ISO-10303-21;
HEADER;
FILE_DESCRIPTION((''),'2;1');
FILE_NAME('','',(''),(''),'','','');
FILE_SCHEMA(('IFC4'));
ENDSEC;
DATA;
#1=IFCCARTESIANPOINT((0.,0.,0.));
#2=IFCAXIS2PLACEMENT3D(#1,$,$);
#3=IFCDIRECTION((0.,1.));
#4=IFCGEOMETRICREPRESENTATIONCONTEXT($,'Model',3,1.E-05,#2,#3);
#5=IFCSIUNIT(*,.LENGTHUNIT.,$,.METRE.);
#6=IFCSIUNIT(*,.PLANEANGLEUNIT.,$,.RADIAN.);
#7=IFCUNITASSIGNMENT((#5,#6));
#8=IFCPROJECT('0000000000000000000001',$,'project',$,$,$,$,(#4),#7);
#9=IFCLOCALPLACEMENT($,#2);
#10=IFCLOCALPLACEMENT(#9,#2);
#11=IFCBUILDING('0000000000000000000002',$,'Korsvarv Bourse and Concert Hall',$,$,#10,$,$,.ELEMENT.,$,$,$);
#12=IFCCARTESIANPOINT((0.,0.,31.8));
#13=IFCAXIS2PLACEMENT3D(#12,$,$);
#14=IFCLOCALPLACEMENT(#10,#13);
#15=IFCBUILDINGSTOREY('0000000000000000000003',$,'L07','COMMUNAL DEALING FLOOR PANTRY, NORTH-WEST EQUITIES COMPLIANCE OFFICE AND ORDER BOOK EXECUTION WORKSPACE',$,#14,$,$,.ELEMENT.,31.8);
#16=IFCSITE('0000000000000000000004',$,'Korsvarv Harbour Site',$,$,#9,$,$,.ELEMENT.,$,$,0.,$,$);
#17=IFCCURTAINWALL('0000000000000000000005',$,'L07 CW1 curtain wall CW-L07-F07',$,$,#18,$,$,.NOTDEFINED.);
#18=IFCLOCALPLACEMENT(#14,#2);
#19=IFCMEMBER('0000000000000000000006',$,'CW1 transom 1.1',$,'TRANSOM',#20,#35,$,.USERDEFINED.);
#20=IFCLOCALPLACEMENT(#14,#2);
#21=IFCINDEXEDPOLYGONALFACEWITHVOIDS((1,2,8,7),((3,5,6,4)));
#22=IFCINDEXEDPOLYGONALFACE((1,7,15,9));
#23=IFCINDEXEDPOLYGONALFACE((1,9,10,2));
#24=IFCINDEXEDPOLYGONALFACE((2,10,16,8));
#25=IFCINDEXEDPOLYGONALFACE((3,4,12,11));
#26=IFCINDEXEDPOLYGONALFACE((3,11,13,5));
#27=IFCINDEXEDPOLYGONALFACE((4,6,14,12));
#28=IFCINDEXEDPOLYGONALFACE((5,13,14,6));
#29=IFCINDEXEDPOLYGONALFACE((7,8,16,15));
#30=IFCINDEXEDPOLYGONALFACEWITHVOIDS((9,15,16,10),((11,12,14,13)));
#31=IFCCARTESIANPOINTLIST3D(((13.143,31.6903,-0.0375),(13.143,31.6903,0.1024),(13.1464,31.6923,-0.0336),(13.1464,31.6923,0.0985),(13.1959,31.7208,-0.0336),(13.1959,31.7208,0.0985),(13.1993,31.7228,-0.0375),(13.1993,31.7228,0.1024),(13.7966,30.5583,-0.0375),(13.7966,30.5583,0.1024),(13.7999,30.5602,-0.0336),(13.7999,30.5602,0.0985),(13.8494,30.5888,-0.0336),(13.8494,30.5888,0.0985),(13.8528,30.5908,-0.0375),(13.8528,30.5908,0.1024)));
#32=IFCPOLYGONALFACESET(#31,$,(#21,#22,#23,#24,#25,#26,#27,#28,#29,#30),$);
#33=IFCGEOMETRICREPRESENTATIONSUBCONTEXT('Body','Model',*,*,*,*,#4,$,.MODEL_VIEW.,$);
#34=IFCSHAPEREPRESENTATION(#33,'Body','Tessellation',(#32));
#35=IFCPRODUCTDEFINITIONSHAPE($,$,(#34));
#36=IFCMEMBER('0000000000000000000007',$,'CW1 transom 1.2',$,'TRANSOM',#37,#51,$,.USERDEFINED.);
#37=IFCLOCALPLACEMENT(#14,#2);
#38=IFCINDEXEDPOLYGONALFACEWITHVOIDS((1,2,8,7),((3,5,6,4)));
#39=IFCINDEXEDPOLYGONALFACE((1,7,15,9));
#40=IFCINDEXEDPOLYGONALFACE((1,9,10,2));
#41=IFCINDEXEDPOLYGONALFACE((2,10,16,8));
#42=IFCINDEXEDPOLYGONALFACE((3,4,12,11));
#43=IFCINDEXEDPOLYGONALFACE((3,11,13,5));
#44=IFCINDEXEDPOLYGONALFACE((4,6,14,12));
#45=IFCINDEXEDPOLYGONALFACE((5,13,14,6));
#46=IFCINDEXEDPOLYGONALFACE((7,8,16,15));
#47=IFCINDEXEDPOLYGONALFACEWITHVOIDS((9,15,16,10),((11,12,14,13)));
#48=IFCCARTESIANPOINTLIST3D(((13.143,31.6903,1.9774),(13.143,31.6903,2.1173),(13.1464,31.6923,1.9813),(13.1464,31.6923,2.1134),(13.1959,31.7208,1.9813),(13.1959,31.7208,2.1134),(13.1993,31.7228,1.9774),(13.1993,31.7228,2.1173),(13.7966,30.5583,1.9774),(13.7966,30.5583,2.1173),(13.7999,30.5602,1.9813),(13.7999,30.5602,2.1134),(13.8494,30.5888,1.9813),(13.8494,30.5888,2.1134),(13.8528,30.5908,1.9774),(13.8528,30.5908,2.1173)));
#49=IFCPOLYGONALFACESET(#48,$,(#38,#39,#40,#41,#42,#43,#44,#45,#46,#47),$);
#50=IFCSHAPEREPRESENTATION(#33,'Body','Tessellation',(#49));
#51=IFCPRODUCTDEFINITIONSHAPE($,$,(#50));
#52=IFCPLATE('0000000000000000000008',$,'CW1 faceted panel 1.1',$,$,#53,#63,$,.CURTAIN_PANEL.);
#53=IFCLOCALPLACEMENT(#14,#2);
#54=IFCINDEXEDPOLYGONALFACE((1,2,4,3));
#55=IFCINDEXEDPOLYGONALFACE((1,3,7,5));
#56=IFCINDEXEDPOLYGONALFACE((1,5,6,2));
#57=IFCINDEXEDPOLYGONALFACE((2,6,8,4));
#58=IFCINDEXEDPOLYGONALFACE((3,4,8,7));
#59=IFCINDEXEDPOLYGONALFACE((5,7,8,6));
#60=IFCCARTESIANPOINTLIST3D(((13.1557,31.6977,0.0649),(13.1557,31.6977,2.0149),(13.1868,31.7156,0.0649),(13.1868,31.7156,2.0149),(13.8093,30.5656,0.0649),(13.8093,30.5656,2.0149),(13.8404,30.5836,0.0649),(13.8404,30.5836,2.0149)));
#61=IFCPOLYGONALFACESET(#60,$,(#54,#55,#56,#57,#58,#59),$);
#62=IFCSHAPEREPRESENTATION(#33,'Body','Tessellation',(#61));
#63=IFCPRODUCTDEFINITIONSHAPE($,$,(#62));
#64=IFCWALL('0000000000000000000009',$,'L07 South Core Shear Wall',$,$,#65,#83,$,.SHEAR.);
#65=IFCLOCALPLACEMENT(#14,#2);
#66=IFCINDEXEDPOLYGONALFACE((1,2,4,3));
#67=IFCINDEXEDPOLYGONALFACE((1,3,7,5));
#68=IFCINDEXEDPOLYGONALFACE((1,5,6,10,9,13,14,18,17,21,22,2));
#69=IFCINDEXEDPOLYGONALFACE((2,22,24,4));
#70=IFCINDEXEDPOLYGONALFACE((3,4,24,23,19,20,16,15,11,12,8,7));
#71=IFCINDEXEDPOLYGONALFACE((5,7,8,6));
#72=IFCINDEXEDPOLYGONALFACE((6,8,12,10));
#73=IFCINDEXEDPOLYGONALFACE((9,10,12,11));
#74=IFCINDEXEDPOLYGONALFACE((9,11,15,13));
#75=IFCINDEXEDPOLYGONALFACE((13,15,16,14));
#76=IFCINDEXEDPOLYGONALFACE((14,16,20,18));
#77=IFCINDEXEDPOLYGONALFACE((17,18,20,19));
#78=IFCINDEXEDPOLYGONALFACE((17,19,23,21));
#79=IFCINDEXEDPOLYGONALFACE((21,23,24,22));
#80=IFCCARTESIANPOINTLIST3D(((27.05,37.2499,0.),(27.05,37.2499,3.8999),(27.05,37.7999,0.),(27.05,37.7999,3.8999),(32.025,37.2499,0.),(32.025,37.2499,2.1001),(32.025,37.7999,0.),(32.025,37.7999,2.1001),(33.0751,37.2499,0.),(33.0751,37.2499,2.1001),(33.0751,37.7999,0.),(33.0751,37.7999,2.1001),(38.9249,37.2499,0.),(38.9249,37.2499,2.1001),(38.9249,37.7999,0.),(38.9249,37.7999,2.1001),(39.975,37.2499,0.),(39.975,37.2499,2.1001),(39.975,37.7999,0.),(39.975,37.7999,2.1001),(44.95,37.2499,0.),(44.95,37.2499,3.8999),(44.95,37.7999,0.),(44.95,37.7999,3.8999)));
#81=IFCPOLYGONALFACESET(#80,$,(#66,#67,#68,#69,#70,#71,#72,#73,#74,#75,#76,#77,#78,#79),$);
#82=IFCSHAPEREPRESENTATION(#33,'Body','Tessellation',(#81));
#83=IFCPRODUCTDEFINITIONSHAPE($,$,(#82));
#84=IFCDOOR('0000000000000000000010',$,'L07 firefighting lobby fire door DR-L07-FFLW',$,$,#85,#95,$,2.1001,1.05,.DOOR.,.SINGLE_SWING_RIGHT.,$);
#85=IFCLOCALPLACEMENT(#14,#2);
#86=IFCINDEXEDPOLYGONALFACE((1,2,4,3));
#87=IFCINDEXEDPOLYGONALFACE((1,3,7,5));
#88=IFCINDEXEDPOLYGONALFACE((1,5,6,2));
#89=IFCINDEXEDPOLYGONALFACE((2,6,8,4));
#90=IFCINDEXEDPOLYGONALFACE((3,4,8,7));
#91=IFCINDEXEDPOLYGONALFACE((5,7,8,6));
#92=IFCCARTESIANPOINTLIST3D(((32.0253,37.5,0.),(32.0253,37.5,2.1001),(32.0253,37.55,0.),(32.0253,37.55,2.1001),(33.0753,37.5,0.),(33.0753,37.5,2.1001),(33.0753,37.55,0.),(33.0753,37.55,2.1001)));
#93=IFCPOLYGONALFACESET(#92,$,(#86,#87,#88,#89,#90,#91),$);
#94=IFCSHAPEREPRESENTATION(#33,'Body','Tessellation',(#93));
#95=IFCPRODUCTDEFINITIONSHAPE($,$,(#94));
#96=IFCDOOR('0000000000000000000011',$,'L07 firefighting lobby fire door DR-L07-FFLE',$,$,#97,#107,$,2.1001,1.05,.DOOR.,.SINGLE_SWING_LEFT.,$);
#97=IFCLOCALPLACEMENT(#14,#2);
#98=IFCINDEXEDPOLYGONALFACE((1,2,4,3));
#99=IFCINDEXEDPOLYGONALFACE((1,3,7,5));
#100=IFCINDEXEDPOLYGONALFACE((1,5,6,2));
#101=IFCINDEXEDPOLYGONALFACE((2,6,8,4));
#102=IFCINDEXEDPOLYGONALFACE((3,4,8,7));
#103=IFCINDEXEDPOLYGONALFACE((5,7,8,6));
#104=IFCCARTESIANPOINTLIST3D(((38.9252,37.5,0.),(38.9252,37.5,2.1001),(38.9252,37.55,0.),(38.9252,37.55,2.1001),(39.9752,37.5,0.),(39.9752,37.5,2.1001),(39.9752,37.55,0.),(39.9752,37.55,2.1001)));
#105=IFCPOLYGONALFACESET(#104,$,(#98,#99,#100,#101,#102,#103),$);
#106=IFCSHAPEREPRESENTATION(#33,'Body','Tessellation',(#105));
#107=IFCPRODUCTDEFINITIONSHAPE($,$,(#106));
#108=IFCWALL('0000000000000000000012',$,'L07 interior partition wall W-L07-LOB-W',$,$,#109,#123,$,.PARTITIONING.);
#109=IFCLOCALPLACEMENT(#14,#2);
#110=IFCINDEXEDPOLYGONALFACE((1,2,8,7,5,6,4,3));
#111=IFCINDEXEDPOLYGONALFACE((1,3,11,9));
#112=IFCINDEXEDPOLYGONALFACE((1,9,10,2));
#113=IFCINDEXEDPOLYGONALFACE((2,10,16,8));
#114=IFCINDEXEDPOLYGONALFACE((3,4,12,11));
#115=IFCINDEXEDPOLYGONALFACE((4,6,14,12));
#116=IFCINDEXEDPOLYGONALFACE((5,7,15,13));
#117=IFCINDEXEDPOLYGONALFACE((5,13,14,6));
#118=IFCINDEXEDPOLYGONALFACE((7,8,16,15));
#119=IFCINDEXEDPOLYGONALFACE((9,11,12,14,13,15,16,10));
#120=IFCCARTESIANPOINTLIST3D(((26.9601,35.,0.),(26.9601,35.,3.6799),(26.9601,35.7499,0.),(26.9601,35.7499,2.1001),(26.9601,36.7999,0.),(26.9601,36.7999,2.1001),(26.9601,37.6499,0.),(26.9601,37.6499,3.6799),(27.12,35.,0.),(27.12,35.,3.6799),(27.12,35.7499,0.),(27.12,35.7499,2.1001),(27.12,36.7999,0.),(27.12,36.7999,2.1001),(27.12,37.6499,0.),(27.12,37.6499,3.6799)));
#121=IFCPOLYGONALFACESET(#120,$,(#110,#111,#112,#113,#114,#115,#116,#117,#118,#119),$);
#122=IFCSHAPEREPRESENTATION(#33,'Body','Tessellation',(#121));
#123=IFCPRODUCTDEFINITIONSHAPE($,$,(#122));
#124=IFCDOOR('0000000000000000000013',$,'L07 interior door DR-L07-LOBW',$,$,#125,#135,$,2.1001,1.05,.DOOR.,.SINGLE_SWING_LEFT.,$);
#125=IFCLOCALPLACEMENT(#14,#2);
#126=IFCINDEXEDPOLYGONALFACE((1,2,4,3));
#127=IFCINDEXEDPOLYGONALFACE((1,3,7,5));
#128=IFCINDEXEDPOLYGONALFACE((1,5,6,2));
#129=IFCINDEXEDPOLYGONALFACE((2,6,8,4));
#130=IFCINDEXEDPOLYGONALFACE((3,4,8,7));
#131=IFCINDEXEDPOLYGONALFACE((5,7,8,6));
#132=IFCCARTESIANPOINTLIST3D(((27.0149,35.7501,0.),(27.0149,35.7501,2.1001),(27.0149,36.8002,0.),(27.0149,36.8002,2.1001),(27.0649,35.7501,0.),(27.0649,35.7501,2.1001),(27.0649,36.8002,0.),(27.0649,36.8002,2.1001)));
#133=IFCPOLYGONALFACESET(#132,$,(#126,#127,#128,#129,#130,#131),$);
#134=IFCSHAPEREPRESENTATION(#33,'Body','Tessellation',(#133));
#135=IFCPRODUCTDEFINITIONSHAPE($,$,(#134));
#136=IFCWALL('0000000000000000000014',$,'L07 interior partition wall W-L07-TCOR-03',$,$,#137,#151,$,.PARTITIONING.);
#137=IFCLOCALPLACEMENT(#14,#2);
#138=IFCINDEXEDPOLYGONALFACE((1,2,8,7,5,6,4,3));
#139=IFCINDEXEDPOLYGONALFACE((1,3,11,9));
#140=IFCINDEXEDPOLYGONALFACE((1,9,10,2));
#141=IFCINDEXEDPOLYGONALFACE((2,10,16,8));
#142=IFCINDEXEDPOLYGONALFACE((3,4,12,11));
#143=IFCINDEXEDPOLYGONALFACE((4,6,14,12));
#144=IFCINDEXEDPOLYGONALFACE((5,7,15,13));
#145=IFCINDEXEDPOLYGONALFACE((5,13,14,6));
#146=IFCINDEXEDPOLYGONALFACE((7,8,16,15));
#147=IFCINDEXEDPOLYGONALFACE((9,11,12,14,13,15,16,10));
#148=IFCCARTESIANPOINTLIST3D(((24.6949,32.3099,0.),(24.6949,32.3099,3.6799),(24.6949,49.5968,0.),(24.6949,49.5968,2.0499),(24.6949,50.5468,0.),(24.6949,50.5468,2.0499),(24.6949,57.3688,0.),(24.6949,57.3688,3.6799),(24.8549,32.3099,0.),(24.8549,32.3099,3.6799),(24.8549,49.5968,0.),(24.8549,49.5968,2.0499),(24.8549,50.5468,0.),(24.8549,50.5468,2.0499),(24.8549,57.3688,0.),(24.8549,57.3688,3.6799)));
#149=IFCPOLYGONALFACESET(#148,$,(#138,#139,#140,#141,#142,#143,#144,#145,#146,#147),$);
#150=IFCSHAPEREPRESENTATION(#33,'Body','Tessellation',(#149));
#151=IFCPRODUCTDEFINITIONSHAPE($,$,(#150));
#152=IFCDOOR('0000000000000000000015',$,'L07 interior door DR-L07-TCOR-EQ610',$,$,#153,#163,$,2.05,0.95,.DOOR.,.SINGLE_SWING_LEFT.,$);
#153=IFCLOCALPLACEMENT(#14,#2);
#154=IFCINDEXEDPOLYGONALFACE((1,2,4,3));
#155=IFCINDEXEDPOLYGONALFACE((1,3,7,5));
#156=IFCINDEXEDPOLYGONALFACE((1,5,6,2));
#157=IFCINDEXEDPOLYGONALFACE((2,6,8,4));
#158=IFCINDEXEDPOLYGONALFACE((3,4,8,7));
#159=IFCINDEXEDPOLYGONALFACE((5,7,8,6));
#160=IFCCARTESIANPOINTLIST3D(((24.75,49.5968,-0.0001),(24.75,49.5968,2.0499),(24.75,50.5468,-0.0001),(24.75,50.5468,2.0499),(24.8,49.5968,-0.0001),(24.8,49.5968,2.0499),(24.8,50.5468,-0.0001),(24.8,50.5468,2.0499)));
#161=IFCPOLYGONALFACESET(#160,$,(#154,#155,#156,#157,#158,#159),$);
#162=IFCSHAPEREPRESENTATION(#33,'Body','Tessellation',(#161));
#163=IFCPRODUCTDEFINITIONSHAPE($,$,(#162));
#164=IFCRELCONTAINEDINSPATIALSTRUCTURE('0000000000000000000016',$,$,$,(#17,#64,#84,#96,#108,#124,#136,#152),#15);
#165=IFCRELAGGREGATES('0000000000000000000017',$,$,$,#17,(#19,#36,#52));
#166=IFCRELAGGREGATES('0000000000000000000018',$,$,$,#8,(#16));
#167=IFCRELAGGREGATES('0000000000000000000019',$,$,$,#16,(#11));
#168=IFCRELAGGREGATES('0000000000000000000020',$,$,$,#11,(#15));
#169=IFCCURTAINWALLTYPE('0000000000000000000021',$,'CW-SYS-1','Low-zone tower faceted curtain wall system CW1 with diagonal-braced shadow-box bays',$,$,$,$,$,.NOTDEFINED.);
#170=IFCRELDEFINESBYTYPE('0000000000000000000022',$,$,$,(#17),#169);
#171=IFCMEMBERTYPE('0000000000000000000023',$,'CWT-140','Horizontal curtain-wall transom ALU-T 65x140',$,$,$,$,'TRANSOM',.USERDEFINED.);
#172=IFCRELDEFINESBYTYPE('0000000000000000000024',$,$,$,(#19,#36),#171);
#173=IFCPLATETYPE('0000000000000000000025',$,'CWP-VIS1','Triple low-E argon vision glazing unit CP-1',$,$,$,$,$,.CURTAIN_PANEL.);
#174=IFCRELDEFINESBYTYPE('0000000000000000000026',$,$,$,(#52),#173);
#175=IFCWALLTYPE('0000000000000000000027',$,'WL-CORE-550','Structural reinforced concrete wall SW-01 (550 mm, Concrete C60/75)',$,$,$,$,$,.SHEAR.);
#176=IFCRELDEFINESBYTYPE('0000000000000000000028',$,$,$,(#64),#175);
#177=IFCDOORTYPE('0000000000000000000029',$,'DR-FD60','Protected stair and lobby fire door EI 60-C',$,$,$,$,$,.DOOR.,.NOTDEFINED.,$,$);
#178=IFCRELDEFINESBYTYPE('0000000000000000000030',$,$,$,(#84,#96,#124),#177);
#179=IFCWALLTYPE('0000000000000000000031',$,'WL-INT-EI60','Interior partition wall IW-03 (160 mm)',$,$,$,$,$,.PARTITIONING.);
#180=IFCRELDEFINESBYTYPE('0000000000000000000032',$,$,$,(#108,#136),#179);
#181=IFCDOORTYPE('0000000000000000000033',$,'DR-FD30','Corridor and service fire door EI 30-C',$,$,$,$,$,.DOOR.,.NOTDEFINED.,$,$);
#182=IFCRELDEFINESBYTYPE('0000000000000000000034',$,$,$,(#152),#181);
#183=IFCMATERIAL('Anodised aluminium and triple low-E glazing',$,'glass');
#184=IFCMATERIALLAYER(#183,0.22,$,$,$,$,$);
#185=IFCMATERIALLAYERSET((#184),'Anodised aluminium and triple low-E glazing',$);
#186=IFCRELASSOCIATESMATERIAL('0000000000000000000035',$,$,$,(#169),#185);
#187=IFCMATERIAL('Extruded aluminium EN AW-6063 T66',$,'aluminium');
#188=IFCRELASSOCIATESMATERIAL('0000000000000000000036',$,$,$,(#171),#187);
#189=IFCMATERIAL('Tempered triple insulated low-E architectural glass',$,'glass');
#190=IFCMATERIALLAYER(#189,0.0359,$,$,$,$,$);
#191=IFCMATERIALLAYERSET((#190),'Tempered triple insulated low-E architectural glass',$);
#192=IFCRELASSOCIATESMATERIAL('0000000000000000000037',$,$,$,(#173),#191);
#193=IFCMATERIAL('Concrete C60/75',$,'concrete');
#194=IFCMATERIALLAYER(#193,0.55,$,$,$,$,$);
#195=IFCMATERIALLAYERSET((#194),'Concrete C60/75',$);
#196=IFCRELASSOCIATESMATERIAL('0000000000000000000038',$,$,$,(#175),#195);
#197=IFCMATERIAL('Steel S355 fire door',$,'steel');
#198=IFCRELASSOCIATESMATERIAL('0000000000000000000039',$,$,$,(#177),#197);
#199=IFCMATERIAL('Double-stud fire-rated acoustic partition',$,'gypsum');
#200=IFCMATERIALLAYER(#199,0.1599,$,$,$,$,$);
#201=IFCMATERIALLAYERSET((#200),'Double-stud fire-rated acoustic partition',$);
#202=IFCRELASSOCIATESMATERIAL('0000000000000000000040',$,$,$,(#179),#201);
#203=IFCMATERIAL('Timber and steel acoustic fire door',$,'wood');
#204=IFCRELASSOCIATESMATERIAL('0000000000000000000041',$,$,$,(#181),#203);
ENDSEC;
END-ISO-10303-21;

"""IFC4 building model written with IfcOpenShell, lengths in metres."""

from ifc_helpers import new_model, si_unit, direction, frame, frame_2d, origin, origin_2d, place, context, subcontext, project, spatial, rectangle, hollow_rectangle, extrude, source, transform, mapped, material, layer, layer_set, material_profile, profile_set, type_object, element, fill, aggregate, save


model = new_model("IFC4")

# Units and contexts
model_context = context("Model", 3, precision=1e-05, world=origin(), true_north=direction((0.0, 1.0)))
body_context = subcontext(model_context, "Body", "Model", "MODEL_VIEW")
ifc_project = project(units=[si_unit("LENGTHUNIT", "METRE"), si_unit("PLANEANGLEUNIT", "RADIAN")], contexts=[model_context])

# Site, building, storey
site_placement = place(None, origin())
site = spatial("IfcSite", under=ifc_project, at=site_placement, Name="Korsvarv Harbour Site", CompositionType="ELEMENT", RefElevation=0.0)
building_placement = place(site_placement, origin())
building = spatial("IfcBuilding", under=site, at=building_placement, Name="Korsvarv Bourse and Concert Hall", CompositionType="ELEMENT")
storey_placement = place(building_placement, frame((0.0, 0.0, 31.8)))
storey = spatial("IfcBuildingStorey", under=building, at=storey_placement, Name="L07", Description="COMMUNAL DEALING FLOOR PANTRY, NORTH-WEST EQUITIES COMPLIANCE OFFICE AND ORDER BOOK EXECUTION WORKSPACE", CompositionType="ELEMENT", Elevation=31.8)

# Shared definitions
ifc_material_1 = material(Name="Concrete C60/75", Category="concrete")

# Curtain wall, members, plate
ifc_material_2 = material(Name="Anodised aluminium and triple low-E glazing", Category="glass")
ifc_layer_1 = layer(ifc_material_2, 0.22)
ifc_layer_set_1 = layer_set([ifc_layer_1], Name="Anodised aluminium and triple low-E glazing")
curtain_wall_type = type_object("IfcCurtainWallType", Name="CW-SYS-1", Description="Low-zone tower faceted curtain wall system CW1 with diagonal-braced shadow-box bays", PredefinedType="NOTDEFINED", material=ifc_layer_set_1)
curtain_wall_placement = place(storey_placement, origin())
curtain_wall = element("IfcCurtainWall", 1, at=curtain_wall_placement, inside=storey, type_object=curtain_wall_type, Name="L07 CW1 curtain wall CW-L07-F07", PredefinedType="NOTDEFINED")
ifc_material_3 = material(Name="Extruded aluminium EN AW-6063 T66", Category="aluminium")
ifc_material_profile_1 = material_profile(ifc_material_3, hollow_rectangle(XDim=0.0649, YDim=0.1399, WallThickness=0.0039, at=origin_2d()), Name="ALU-T 65x140")
ifc_profile_set_1 = profile_set([ifc_material_profile_1], Name="Extruded aluminium EN AW-6063 T66")
member_type_1 = type_object("IfcMemberType", Name="CWT-140", Description="Horizontal curtain-wall transom ALU-T 65x140", ElementType="TRANSOM", PredefinedType="USERDEFINED", material=ifc_profile_set_1)
shared_shape_1 = source(origin(), body_context, "Body", "SweptSolid", [
    extrude(hollow_rectangle(XDim=0.0649, YDim=0.1399, WallThickness=0.0039, at=origin_2d()), origin(), (0.0, 0.0, 1.0), 1.3071),
])
member_1_placement = place(storey_placement, frame((13.1711, 31.7065, 0.0325), z_axis=(0.499976, -0.866039, 0.0), x_axis=(0.866039, 0.499976, 0.0)))
member_1 = element("IfcMember", 2, at=member_1_placement, type_object=member_type_1, Name="CW1 transom 1.1", ObjectType="TRANSOM", PredefinedType="USERDEFINED", context=body_context, shape_type="MappedRepresentation", body=[
    mapped(shared_shape_1, transform((0.0, 0.0, 0.0), scale=1.0)),
])
member_2_placement = place(storey_placement, frame((13.1711, 31.7065, 2.0474), z_axis=(0.499976, -0.866039, 0.0), x_axis=(0.866039, 0.499976, 0.0)))
member_2 = element("IfcMember", 3, at=member_2_placement, type_object=member_type_1, Name="CW1 transom 1.2", ObjectType="TRANSOM", PredefinedType="USERDEFINED", context=body_context, shape_type="MappedRepresentation", body=[
    mapped(shared_shape_1, transform((0.0, 0.0, 0.0), scale=1.0)),
])
ifc_material_4 = material(Name="Tempered triple insulated low-E architectural glass", Category="glass")
ifc_layer_2 = layer(ifc_material_4, 0.0359)
ifc_layer_set_2 = layer_set([ifc_layer_2], Name="Tempered triple insulated low-E architectural glass")
plate_type = type_object("IfcPlateType", Name="CWP-VIS1", Description="Triple low-E argon vision glazing unit CP-1", PredefinedType="CURTAIN_PANEL", material=ifc_layer_set_2)
shared_shape_2 = source(origin(), body_context, "Body", "SweptSolid", [
    extrude(rectangle(XDim=1.3071, YDim=0.0359, at=origin_2d()), origin(), (0.0, 0.0, 1.0), 1.95),
])
plate_placement = place(storey_placement, frame((13.498, 31.1406, 0.0649), z_axis=(0.0, 0.0, 1.0), x_axis=(0.499995, -0.866029, 0.0)))
plate = element("IfcPlate", 4, at=plate_placement, type_object=plate_type, Name="CW1 faceted panel 1.1", PredefinedType="CURTAIN_PANEL", context=body_context, shape_type="MappedRepresentation", body=[
    mapped(shared_shape_2, transform((0.0, 0.0, 0.0), scale=1.0)),
])
aggregate(curtain_wall, [member_1, member_2, plate])

# Wall, openings, doors
ifc_layer_3 = layer(ifc_material_1, 0.55)
ifc_layer_set_3 = layer_set([ifc_layer_3], Name="Concrete C60/75")
wall_type_1 = type_object("IfcWallType", Name="WL-CORE-550", Description="Structural reinforced concrete wall SW-01 (550 mm, Concrete C60/75)", PredefinedType="SHEAR", material=ifc_layer_set_3)
wall_1_placement = place(storey_placement, frame((27.05, 37.5249, 0.0), z_axis=(0.0, 0.0, 1.0), x_axis=(1.0, 0.0, 0.0)))
wall_1 = element("IfcWall", 5, at=wall_1_placement, inside=storey, type_object=wall_type_1, Name="L07 South Core Shear Wall", PredefinedType="SHEAR", context=body_context, shape_type="SweptSolid", body=[
    extrude(rectangle(XDim=17.8999, YDim=0.55, at=frame_2d((8.95, 0.0))), origin(), (0.0, 0.0, 1.0), 3.8999),
])
opening_1_placement = place(wall_1_placement, frame((4.9751, 0.0, 0.0)))
opening_1 = element("IfcOpeningElement", 6, at=opening_1_placement, cuts=wall_1, PredefinedType="OPENING", context=body_context, shape_type="SweptSolid", body=[
    extrude(rectangle(XDim=1.05, YDim=2.1001, at=frame_2d((0.5249, 1.05))), frame((0.0, 0.2852, 0.0), z_axis=(0.0, -1.0, 0.0), x_axis=(1.0, 0.0, 0.0)), (0.0, 0.0, 1.0), 0.5701),
])
opening_2_placement = place(wall_1_placement, frame((11.875, 0.0, 0.0)))
opening_2 = element("IfcOpeningElement", 7, at=opening_2_placement, cuts=wall_1, PredefinedType="OPENING", context=body_context, shape_type="SweptSolid", body=[
    extrude(rectangle(XDim=1.05, YDim=2.1001, at=frame_2d((0.5249, 1.05))), frame((0.0, 0.2852, 0.0), z_axis=(0.0, -1.0, 0.0), x_axis=(1.0, 0.0, 0.0)), (0.0, 0.0, 1.0), 0.5701),
])
ifc_material_5 = material(Name="Steel S355 fire door", Category="steel")
door_type_1 = type_object("IfcDoorType", Name="DR-FD60", Description="Protected stair and lobby fire door EI 60-C", OperationType="NOTDEFINED", PredefinedType="DOOR", material=ifc_material_5)
door_1_placement = place(opening_1_placement, frame((1.05, 0.0, 0.0), z_axis=(0.0, 0.0, 1.0), x_axis=(-1.0, 0.0, 0.0)))
door_1 = element("IfcDoor", 8, at=door_1_placement, inside=storey, type_object=door_type_1, Name="L07 firefighting lobby fire door DR-L07-FFLW", OperationType="SINGLE_SWING_RIGHT", OverallHeight=2.1001, OverallWidth=1.05, PredefinedType="DOOR", context=body_context, shape_type="SweptSolid", body=[
    extrude(rectangle(XDim=1.05, YDim=2.1001, at=frame_2d((0.5249, 1.05))), frame((0.0, 0.0249, 0.0), z_axis=(0.0, -1.0, 0.0), x_axis=(1.0, 0.0, 0.0)), (0.0, 0.0, 1.0), 0.05),
])
fill(opening_1, door_1)
door_2_placement = place(opening_2_placement, frame((1.05, 0.0, 0.0), z_axis=(0.0, 0.0, 1.0), x_axis=(-1.0, 0.0, 0.0)))
door_2 = element("IfcDoor", 9, at=door_2_placement, inside=storey, type_object=door_type_1, Name="L07 firefighting lobby fire door DR-L07-FFLE", OperationType="SINGLE_SWING_LEFT", OverallHeight=2.1001, OverallWidth=1.05, PredefinedType="DOOR", context=body_context, shape_type="SweptSolid", body=[
    extrude(rectangle(XDim=1.05, YDim=2.1001, at=frame_2d((0.5249, 1.05))), frame((0.0, 0.0249, 0.0), z_axis=(0.0, -1.0, 0.0), x_axis=(1.0, 0.0, 0.0)), (0.0, 0.0, 1.0), 0.05),
])
fill(opening_2, door_2)

# Walls, openings, doors
ifc_material_6 = material(Name="Double-stud fire-rated acoustic partition", Category="gypsum")
ifc_layer_4 = layer(ifc_material_6, 0.1599)
ifc_layer_set_4 = layer_set([ifc_layer_4], Name="Double-stud fire-rated acoustic partition")
wall_type_2 = type_object("IfcWallType", Name="WL-INT-EI60", Description="Interior partition wall IW-03 (160 mm)", PredefinedType="PARTITIONING", material=ifc_layer_set_4)
wall_2_placement = place(storey_placement, frame((27.04, 35.0, 0.0), z_axis=(0.0, 0.0, 1.0), x_axis=(0.0, 1.0, 0.0)))
wall_2 = element("IfcWall", 10, at=wall_2_placement, inside=storey, type_object=wall_type_2, Name="L07 interior partition wall W-L07-LOB-W", PredefinedType="PARTITIONING", context=body_context, shape_type="SweptSolid", body=[
    extrude(rectangle(XDim=2.6499, YDim=0.1599, at=frame_2d((1.325, 0.0))), origin(), (0.0, 0.0, 1.0), 3.6799),
])
opening_3_placement = place(wall_2_placement, frame((0.75, 0.0, 0.0)))
opening_3 = element("IfcOpeningElement", 11, at=opening_3_placement, cuts=wall_2, PredefinedType="OPENING", context=body_context, shape_type="SweptSolid", body=[
    extrude(rectangle(XDim=1.05, YDim=2.1001, at=frame_2d((0.5249, 1.05))), frame((0.0, 0.0898, 0.0), z_axis=(0.0, -1.0, 0.0), x_axis=(1.0, 0.0, 0.0)), (0.0, 0.0, 1.0), 0.1799),
])
door_3_placement = place(opening_3_placement, frame((1.05, 0.0, 0.0), z_axis=(0.0, 0.0, 1.0), x_axis=(-1.0, 0.0, 0.0)))
door_3 = element("IfcDoor", 12, at=door_3_placement, inside=storey, type_object=door_type_1, Name="L07 interior door DR-L07-LOBW", OperationType="SINGLE_SWING_LEFT", OverallHeight=2.1001, OverallWidth=1.05, PredefinedType="DOOR", context=body_context, shape_type="SweptSolid", body=[
    extrude(rectangle(XDim=1.05, YDim=2.1001, at=frame_2d((0.5249, 1.05))), frame((0.0, 0.0249, 0.0), z_axis=(0.0, -1.0, 0.0), x_axis=(1.0, 0.0, 0.0)), (0.0, 0.0, 1.0), 0.05),
])
fill(opening_3, door_3)
wall_3_placement = place(storey_placement, frame((24.7749, 32.3101, 0.0), z_axis=(0.0, 0.0, 1.0), x_axis=(0.0, 1.0, 0.0)))
wall_3 = element("IfcWall", 13, at=wall_3_placement, inside=storey, type_object=wall_type_2, Name="L07 interior partition wall W-L07-TCOR-03", PredefinedType="PARTITIONING", context=body_context, shape_type="SweptSolid", body=[
    extrude(rectangle(XDim=25.0588, YDim=0.1599, at=frame_2d((12.5293, 0.0))), origin(), (0.0, 0.0, 1.0), 3.6799),
])
opening_4_placement = place(wall_3_placement, frame((17.2866, 0.0, 0.0)))
opening_4 = element("IfcOpeningElement", 14, at=opening_4_placement, cuts=wall_3, PredefinedType="OPENING", context=body_context, shape_type="SweptSolid", body=[
    extrude(rectangle(XDim=0.95, YDim=2.05, at=frame_2d((0.4751, 1.0249))), frame((0.0, 0.0898, 0.0), z_axis=(0.0, -1.0, 0.0), x_axis=(1.0, 0.0, 0.0)), (0.0, 0.0, 1.0), 0.1799),
])
ifc_material_7 = material(Name="Timber and steel acoustic fire door", Category="wood")
door_type_2 = type_object("IfcDoorType", Name="DR-FD30", Description="Corridor and service fire door EI 30-C", OperationType="NOTDEFINED", PredefinedType="DOOR", material=ifc_material_7)
door_4_placement = place(opening_4_placement, origin())
door_4 = element("IfcDoor", 15, at=door_4_placement, inside=storey, type_object=door_type_2, Name="L07 interior door DR-L07-TCOR-EQ610", OperationType="SINGLE_SWING_LEFT", OverallHeight=2.05, OverallWidth=0.95, PredefinedType="DOOR", context=body_context, shape_type="SweptSolid", body=[
    extrude(rectangle(XDim=0.95, YDim=2.05, at=frame_2d((0.4751, 1.0249))), frame((0.0, 0.0249, 0.0), z_axis=(0.0, -1.0, 0.0), x_axis=(1.0, 0.0, 0.0)), (0.0, 0.0, 1.0), 0.05),
])
fill(opening_4, door_4)

save(model, "model.ifc")
